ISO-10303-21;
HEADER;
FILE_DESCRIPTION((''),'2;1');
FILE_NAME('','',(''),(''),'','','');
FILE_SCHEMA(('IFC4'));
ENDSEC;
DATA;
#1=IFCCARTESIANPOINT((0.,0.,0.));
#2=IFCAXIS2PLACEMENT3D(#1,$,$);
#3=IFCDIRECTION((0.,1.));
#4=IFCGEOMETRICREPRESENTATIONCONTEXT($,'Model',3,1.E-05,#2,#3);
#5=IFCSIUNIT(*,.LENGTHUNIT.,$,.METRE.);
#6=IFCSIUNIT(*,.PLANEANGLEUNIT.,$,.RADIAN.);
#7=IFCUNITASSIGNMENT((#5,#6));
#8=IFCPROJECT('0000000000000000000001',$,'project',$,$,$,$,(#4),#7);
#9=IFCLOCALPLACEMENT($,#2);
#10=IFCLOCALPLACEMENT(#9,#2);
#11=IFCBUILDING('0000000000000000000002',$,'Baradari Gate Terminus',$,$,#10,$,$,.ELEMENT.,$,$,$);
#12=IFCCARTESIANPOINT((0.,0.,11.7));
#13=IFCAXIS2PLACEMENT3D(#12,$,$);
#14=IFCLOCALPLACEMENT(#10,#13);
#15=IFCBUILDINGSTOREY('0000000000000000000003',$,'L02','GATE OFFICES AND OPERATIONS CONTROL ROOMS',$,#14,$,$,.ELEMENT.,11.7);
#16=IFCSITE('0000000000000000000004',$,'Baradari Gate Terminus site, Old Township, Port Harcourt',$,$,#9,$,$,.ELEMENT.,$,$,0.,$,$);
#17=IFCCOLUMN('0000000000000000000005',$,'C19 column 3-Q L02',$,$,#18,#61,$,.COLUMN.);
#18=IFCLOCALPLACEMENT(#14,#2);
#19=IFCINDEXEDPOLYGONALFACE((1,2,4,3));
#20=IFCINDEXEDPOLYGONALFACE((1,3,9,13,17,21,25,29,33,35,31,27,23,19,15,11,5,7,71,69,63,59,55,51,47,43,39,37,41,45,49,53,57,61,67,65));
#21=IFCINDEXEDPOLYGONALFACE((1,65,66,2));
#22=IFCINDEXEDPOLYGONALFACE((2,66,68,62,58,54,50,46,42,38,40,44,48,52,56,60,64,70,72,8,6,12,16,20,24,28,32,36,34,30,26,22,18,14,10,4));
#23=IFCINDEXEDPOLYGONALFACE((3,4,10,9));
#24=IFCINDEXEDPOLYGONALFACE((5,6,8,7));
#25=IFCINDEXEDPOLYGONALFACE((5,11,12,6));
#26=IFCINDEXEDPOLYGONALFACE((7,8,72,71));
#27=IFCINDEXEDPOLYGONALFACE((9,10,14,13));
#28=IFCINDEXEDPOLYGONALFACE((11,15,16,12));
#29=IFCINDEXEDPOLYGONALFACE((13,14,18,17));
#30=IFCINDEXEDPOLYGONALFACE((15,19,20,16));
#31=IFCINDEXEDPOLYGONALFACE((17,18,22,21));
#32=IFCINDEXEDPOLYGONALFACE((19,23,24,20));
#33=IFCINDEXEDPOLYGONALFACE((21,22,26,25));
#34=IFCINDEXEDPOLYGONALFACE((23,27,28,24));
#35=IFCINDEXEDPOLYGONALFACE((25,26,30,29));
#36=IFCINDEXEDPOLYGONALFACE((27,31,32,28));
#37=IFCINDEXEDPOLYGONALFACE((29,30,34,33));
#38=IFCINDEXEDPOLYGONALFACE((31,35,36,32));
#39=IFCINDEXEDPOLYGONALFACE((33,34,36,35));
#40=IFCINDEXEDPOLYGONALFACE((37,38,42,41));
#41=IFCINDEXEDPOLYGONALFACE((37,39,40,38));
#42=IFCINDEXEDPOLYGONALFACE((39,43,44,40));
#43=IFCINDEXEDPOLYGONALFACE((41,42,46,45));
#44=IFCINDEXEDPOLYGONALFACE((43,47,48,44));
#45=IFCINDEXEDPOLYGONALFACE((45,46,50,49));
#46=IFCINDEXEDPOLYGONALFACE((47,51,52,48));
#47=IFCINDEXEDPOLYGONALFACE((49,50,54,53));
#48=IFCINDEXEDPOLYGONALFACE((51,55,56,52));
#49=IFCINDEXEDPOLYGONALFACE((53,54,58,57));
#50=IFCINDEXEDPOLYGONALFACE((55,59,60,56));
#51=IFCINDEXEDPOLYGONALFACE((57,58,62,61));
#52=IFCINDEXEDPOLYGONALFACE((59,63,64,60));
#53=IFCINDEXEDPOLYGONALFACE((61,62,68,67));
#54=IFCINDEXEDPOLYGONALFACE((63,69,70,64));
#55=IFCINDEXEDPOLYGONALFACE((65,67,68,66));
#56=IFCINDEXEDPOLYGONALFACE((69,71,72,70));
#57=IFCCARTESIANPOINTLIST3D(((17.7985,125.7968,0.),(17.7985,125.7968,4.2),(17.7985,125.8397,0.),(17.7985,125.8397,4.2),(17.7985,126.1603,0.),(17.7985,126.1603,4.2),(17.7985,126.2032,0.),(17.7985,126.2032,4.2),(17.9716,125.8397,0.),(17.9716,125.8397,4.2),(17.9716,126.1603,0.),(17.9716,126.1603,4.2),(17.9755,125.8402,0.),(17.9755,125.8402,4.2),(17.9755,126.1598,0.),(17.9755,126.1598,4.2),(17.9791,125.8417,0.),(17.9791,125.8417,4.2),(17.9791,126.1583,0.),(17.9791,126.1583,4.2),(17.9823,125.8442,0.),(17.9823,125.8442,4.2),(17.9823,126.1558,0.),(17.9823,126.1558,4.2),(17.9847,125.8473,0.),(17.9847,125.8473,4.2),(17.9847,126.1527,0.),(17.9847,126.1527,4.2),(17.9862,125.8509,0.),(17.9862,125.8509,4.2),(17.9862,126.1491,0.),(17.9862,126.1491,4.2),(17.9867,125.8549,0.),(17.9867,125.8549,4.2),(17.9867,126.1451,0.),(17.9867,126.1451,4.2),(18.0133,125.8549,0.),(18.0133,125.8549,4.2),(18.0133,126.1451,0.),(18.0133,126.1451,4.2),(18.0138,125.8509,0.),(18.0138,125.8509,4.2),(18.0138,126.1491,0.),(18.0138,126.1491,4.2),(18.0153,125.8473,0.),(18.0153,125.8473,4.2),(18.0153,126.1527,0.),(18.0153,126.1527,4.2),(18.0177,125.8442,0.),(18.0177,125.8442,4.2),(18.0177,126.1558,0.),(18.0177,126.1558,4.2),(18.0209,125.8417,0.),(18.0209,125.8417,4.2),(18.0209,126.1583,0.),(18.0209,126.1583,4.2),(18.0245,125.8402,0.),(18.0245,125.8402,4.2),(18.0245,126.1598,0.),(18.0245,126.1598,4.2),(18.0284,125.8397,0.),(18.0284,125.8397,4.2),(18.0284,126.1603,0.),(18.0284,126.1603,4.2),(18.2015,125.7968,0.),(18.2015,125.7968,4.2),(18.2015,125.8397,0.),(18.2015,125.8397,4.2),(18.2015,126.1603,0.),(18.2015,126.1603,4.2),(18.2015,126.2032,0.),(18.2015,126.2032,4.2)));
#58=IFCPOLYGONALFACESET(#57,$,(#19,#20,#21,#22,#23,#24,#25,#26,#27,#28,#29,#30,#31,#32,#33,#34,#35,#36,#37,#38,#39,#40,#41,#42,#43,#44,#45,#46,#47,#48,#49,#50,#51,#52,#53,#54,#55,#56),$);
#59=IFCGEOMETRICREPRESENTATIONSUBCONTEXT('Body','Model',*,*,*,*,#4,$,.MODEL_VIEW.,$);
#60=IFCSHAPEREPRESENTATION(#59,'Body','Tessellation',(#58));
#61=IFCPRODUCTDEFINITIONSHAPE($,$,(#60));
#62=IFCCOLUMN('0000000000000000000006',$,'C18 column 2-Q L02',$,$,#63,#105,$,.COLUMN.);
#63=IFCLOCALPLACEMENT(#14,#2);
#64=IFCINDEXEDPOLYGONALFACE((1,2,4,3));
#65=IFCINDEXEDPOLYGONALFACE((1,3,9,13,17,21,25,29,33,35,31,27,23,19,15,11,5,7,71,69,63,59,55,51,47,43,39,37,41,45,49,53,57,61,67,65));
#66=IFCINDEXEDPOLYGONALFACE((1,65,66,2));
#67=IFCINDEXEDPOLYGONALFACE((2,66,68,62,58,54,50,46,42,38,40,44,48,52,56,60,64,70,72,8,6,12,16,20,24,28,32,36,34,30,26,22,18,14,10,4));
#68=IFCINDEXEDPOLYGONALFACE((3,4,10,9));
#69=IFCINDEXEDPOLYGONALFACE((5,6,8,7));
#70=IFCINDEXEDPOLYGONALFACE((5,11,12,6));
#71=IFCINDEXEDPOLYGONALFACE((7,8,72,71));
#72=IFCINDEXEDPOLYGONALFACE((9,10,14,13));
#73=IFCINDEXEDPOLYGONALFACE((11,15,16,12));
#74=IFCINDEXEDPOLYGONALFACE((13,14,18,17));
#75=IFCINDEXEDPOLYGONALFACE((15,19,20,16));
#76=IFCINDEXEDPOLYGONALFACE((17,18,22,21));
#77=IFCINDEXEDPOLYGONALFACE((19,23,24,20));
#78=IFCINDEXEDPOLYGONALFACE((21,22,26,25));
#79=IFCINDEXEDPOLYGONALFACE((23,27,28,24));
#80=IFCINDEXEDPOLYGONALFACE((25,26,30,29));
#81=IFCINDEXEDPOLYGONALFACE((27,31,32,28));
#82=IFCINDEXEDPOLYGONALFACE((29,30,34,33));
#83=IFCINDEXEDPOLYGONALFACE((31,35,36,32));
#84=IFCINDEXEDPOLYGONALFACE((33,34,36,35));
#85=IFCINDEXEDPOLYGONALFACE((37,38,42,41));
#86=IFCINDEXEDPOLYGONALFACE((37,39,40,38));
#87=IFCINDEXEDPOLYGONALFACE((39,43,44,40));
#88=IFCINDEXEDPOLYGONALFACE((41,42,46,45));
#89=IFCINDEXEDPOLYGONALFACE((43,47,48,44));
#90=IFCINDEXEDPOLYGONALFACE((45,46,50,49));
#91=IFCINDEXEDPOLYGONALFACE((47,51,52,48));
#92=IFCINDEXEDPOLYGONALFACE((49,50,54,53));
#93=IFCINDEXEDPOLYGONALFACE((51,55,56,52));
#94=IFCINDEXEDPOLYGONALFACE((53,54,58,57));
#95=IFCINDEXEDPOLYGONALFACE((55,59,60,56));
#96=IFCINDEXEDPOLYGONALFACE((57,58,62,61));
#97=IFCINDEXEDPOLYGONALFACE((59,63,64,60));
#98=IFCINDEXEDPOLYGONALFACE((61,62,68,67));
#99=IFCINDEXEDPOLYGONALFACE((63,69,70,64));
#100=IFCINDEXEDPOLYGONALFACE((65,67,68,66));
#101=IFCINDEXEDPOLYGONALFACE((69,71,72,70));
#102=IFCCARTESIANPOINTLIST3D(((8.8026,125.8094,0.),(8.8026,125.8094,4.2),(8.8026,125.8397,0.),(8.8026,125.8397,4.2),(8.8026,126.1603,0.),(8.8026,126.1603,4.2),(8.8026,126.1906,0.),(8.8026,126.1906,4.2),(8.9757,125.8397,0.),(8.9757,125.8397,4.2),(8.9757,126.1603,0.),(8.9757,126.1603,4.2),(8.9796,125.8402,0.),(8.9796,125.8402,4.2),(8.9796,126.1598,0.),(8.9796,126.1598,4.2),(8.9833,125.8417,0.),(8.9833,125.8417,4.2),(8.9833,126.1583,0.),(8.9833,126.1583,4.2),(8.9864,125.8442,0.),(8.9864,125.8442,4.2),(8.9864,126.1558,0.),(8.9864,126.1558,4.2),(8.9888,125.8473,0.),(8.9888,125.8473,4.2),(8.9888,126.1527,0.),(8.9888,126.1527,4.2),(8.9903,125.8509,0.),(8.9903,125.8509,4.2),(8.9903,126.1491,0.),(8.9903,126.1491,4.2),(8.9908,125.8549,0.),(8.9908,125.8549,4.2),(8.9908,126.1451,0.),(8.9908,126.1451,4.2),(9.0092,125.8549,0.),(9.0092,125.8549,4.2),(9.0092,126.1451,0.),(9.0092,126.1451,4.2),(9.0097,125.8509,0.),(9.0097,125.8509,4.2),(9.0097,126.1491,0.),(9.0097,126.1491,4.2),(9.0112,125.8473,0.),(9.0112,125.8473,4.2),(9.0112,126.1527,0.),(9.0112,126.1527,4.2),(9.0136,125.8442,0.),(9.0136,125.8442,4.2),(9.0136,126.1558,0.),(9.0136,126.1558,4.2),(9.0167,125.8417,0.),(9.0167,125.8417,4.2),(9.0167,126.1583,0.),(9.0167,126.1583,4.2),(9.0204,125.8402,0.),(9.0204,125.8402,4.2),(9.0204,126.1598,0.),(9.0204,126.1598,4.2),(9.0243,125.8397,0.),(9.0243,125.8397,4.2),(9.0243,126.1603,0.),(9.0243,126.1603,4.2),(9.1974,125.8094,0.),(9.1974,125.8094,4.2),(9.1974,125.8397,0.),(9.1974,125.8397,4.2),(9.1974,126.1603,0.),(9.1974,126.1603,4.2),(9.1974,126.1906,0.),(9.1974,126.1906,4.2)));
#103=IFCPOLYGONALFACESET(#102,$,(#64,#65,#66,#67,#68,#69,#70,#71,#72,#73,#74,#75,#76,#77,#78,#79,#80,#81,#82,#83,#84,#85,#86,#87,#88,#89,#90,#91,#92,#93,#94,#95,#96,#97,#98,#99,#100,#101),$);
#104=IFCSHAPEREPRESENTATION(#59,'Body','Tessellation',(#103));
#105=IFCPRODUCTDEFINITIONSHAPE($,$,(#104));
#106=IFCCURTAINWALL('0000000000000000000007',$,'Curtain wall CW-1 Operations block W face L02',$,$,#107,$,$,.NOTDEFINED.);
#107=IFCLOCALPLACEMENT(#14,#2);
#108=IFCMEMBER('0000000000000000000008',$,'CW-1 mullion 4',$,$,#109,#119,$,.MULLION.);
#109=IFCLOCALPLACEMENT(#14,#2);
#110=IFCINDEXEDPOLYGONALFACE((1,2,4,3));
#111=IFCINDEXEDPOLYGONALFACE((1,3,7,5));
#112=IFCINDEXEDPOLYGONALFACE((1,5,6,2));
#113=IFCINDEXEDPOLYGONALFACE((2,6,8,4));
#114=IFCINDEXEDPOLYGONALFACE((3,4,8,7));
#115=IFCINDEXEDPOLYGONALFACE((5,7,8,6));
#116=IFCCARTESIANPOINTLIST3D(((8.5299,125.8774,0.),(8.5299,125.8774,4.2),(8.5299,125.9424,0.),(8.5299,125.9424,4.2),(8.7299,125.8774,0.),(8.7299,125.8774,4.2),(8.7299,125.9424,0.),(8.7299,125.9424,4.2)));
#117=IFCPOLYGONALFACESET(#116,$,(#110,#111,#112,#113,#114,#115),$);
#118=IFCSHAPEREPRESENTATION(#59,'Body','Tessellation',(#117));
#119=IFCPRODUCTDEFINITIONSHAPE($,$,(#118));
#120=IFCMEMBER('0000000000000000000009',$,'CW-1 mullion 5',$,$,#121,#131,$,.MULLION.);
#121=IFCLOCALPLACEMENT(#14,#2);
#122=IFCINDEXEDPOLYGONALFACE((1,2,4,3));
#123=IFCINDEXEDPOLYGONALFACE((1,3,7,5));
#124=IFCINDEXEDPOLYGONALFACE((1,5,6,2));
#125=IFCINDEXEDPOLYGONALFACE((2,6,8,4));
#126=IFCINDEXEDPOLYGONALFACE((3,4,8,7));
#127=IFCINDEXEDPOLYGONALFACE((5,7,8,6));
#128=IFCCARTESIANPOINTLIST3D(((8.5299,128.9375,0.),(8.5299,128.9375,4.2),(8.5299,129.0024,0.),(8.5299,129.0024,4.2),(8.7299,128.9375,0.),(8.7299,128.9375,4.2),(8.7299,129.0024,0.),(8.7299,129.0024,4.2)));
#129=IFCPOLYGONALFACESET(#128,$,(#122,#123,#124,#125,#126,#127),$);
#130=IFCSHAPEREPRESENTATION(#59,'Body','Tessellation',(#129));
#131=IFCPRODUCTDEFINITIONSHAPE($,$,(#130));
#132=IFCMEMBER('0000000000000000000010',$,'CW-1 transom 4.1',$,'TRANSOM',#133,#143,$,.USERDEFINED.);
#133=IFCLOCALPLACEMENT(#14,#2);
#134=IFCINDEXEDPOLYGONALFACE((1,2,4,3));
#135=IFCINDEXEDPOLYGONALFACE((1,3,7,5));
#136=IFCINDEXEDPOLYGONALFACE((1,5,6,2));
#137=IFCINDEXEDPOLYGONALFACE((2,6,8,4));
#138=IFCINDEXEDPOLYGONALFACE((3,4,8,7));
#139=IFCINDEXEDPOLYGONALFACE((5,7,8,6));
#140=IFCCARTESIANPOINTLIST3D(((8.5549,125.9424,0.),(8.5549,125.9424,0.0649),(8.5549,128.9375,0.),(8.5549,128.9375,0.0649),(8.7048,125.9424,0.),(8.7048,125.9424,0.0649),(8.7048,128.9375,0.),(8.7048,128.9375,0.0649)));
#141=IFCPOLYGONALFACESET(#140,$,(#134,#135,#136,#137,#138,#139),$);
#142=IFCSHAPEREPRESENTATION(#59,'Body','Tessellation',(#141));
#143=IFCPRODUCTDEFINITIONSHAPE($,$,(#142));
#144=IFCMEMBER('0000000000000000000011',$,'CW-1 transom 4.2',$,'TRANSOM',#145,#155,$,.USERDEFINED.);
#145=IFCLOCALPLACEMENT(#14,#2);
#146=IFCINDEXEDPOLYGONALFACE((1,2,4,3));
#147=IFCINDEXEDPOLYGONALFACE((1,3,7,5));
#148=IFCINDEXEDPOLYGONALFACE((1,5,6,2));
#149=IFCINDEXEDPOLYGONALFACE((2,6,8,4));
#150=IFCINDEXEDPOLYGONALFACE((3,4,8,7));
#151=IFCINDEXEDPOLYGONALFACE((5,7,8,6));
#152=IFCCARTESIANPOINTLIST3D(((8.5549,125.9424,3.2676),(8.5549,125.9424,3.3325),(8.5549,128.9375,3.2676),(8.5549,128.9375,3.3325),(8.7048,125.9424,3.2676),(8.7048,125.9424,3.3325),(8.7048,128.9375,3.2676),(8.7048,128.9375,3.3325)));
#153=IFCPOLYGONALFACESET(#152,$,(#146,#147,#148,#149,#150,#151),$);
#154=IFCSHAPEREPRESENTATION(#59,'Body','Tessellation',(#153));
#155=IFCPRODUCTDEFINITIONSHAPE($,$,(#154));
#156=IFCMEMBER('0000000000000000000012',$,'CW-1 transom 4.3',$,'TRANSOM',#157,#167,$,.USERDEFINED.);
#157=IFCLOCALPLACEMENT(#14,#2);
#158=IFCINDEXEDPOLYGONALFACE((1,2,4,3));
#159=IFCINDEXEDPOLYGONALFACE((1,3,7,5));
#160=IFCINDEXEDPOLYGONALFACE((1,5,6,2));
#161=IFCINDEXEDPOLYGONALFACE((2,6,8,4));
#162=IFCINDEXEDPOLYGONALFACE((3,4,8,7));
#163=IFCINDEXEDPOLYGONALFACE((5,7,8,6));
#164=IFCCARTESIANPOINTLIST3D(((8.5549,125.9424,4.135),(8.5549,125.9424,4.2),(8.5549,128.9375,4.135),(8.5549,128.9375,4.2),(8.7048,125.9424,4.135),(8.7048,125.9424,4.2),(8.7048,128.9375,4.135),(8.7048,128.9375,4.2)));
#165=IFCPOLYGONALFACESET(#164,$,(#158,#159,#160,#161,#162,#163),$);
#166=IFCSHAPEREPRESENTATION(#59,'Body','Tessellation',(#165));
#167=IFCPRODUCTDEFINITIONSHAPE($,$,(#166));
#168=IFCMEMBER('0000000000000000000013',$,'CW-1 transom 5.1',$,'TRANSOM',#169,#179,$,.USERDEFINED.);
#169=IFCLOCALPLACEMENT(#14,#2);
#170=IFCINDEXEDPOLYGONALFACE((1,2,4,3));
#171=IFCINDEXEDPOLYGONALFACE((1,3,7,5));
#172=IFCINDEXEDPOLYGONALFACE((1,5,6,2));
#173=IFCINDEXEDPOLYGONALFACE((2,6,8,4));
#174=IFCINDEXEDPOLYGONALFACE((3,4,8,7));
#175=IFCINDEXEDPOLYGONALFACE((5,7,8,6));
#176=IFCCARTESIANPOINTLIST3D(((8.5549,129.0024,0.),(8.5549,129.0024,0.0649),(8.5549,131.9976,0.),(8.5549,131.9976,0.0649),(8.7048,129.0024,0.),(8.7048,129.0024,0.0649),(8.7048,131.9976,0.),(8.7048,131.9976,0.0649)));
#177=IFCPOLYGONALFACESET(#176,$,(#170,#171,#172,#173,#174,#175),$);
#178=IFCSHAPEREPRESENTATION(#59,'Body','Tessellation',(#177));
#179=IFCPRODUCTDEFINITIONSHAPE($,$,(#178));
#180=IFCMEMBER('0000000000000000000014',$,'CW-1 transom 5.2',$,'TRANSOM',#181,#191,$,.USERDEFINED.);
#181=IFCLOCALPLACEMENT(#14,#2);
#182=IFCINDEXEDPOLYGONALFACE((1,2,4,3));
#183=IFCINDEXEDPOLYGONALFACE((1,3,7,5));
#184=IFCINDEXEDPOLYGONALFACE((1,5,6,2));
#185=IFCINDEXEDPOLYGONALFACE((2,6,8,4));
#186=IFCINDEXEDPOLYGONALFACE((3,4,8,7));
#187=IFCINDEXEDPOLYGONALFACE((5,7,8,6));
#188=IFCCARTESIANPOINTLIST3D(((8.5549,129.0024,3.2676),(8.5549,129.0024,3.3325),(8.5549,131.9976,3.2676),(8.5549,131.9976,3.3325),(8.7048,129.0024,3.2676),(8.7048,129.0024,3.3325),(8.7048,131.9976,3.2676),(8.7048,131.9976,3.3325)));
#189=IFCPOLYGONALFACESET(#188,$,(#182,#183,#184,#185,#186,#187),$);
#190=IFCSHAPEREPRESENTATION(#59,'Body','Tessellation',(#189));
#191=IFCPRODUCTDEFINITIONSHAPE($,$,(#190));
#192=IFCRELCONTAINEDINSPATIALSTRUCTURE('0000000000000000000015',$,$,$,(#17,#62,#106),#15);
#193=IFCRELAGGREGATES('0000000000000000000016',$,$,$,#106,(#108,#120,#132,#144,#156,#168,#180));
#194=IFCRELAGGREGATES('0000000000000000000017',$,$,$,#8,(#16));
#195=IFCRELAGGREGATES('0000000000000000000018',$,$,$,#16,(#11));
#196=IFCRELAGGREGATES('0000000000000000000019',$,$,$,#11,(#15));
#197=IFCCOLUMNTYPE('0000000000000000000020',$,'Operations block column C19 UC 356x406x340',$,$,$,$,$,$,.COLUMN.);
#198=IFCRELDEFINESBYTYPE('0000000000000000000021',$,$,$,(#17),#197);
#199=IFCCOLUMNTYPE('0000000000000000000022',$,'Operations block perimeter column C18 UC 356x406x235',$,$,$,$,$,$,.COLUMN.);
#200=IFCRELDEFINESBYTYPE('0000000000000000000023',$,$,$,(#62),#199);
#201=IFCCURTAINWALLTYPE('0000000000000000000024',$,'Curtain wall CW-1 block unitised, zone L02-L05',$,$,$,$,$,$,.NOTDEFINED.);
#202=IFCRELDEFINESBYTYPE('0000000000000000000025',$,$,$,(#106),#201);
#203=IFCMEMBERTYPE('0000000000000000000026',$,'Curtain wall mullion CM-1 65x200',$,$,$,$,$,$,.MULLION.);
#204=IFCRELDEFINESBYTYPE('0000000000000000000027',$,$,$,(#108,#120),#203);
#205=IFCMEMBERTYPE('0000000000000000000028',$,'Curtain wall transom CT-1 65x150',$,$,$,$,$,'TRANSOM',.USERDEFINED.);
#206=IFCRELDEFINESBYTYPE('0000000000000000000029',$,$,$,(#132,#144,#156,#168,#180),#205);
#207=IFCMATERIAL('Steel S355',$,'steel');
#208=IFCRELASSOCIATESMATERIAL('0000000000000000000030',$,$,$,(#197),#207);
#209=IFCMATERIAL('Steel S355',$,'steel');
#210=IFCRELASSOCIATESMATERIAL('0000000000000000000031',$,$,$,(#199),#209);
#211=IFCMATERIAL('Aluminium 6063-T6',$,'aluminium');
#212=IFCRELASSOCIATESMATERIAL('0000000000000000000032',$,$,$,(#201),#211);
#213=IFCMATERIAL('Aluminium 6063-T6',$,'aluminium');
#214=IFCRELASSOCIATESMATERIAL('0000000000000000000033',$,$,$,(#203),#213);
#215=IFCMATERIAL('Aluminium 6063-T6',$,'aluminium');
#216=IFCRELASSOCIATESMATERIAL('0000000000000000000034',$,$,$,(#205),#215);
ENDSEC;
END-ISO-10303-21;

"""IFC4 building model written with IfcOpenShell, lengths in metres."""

from ifc_helpers import new_model, si_unit, direction, frame, origin, origin_2d, place, context, subcontext, project, spatial, rectangle, i_section, extrude, material, material_profile, profile_set, type_object, element, aggregate, save


model = new_model("IFC4")

# Units and contexts
model_context = context("Model", 3, precision=1e-05, world=origin(), true_north=direction((0.0, 1.0)))
body_context = subcontext(model_context, "Body", "Model", "MODEL_VIEW")
ifc_project = project(units=[si_unit("LENGTHUNIT", "METRE"), si_unit("PLANEANGLEUNIT", "RADIAN")], contexts=[model_context])

# Site, building, storey
site_placement = place(None, origin())
site = spatial("IfcSite", under=ifc_project, at=site_placement, Name="Baradari Gate Terminus site, Old Township, Port Harcourt", CompositionType="ELEMENT", RefElevation=0.0)
building_placement = place(site_placement, origin())
building = spatial("IfcBuilding", under=site, at=building_placement, Name="Baradari Gate Terminus", CompositionType="ELEMENT")
storey_placement = place(building_placement, frame((0.0, 0.0, 11.7)))
storey = spatial("IfcBuildingStorey", under=building, at=storey_placement, Name="L02", Description="GATE OFFICES AND OPERATIONS CONTROL ROOMS", CompositionType="ELEMENT", Elevation=11.7)

# Columns
ifc_material_1 = material(Name="Steel S355", Category="steel")
ifc_material_profile_1 = material_profile(ifc_material_1, i_section(OverallWidth=0.4031, OverallDepth=0.4065, WebThickness=0.0266, FlangeThickness=0.043, FilletRadius=0.0151, at=origin_2d()), Name="UC 356x406x340")
ifc_profile_set_1 = profile_set([ifc_material_profile_1], Name="Steel S355")
column_type_1 = type_object("IfcColumnType", Name="Operations block column C19 UC 356x406x340", PredefinedType="COLUMN", material=ifc_profile_set_1)
column_1_placement = place(storey_placement, frame((18.0, 126.0, 0.0), z_axis=(0.0, 0.0, 1.0), x_axis=(1.0, 0.0, 0.0)))
element("IfcColumn", 1, at=column_1_placement, inside=storey, type_object=column_type_1, Name="C19 column 3-Q L02", PredefinedType="COLUMN", context=body_context, shape_type="SweptSolid", body=[
    extrude(i_section(OverallWidth=0.4031, OverallDepth=0.4065, WebThickness=0.0266, FlangeThickness=0.043, FilletRadius=0.0151, at=origin_2d()), origin(), (0.0, 0.0, 1.0), 4.2),
])
ifc_material_2 = material(Name="Steel S355", Category="steel")
ifc_material_profile_2 = material_profile(ifc_material_2, i_section(OverallWidth=0.3948, OverallDepth=0.3811, WebThickness=0.0183, FlangeThickness=0.0303, FilletRadius=0.0151, at=origin_2d()), Name="UC 356x406x235")
ifc_profile_set_2 = profile_set([ifc_material_profile_2], Name="Steel S355")
column_type_2 = type_object("IfcColumnType", Name="Operations block perimeter column C18 UC 356x406x235", PredefinedType="COLUMN", material=ifc_profile_set_2)
column_2_placement = place(storey_placement, frame((9.0, 126.0, 0.0), z_axis=(0.0, 0.0, 1.0), x_axis=(1.0, 0.0, 0.0)))
element("IfcColumn", 2, at=column_2_placement, inside=storey, type_object=column_type_2, Name="C18 column 2-Q L02", PredefinedType="COLUMN", context=body_context, shape_type="SweptSolid", body=[
    extrude(i_section(OverallWidth=0.3948, OverallDepth=0.3811, WebThickness=0.0183, FlangeThickness=0.0303, FilletRadius=0.0151, at=origin_2d()), origin(), (0.0, 0.0, 1.0), 4.2),
])

# Curtain wall, members
ifc_material_3 = material(Name="Aluminium 6063-T6", Category="aluminium")
curtain_wall_type = type_object("IfcCurtainWallType", Name="Curtain wall CW-1 block unitised, zone L02-L05", PredefinedType="NOTDEFINED", material=ifc_material_3)
curtain_wall_placement = place(storey_placement, origin())
curtain_wall = element("IfcCurtainWall", 3, at=curtain_wall_placement, inside=storey, type_object=curtain_wall_type, Name="Curtain wall CW-1 Operations block W face L02", PredefinedType="NOTDEFINED")
ifc_material_4 = material(Name="Aluminium 6063-T6", Category="aluminium")
ifc_material_profile_3 = material_profile(ifc_material_4, rectangle(XDim=0.2, YDim=0.0649, at=origin_2d()), Name="CM-1 65X200")
ifc_profile_set_3 = profile_set([ifc_material_profile_3], Name="Aluminium 6063-T6")
member_type_1 = type_object("IfcMemberType", Name="Curtain wall mullion CM-1 65x200", PredefinedType="MULLION", material=ifc_profile_set_3)
member_1_placement = place(storey_placement, frame((8.6299, 125.9099, 0.0), z_axis=(0.0, 0.0, 1.0), x_axis=(-1.0, 0.0, 0.0)))
member_1 = element("IfcMember", 4, at=member_1_placement, type_object=member_type_1, Name="CW-1 mullion 4", PredefinedType="MULLION", context=body_context, shape_type="SweptSolid", body=[
    extrude(rectangle(XDim=0.2, YDim=0.0649, at=origin_2d()), origin(), (0.0, 0.0, 1.0), 4.2),
])
member_2_placement = place(storey_placement, frame((8.6299, 128.97, 0.0), z_axis=(0.0, 0.0, 1.0), x_axis=(-1.0, 0.0, 0.0)))
member_2 = element("IfcMember", 5, at=member_2_placement, type_object=member_type_1, Name="CW-1 mullion 5", PredefinedType="MULLION", context=body_context, shape_type="SweptSolid", body=[
    extrude(rectangle(XDim=0.2, YDim=0.0649, at=origin_2d()), origin(), (0.0, 0.0, 1.0), 4.2),
])
ifc_material_5 = material(Name="Aluminium 6063-T6", Category="aluminium")
ifc_material_profile_4 = material_profile(ifc_material_5, rectangle(XDim=0.1499, YDim=0.0649, at=origin_2d()), Name="CT-1 65X150")
ifc_profile_set_4 = profile_set([ifc_material_profile_4], Name="Aluminium 6063-T6")
member_type_2 = type_object("IfcMemberType", Name="Curtain wall transom CT-1 65x150", ElementType="TRANSOM", PredefinedType="USERDEFINED", material=ifc_profile_set_4)
member_3_placement = place(storey_placement, frame((8.6299, 125.9424, 0.0325), z_axis=(0.0, 1.0, 0.0), x_axis=(-1.0, 0.0, 0.0)))
member_3 = element("IfcMember", 6, at=member_3_placement, type_object=member_type_2, Name="CW-1 transom 4.1", ObjectType="TRANSOM", PredefinedType="USERDEFINED", context=body_context, shape_type="SweptSolid", body=[
    extrude(rectangle(XDim=0.1499, YDim=0.0649, at=origin_2d()), origin(), (0.0, 0.0, 1.0), 2.9951),
])
member_4_placement = place(storey_placement, frame((8.6299, 125.9424, 3.3), z_axis=(0.0, 1.0, 0.0), x_axis=(-1.0, 0.0, 0.0)))
member_4 = element("IfcMember", 7, at=member_4_placement, type_object=member_type_2, Name="CW-1 transom 4.2", ObjectType="TRANSOM", PredefinedType="USERDEFINED", context=body_context, shape_type="SweptSolid", body=[
    extrude(rectangle(XDim=0.1499, YDim=0.0649, at=origin_2d()), origin(), (0.0, 0.0, 1.0), 2.9951),
])
member_5_placement = place(storey_placement, frame((8.6299, 125.9424, 4.1675), z_axis=(0.0, 1.0, 0.0), x_axis=(-1.0, 0.0, 0.0)))
member_5 = element("IfcMember", 8, at=member_5_placement, type_object=member_type_2, Name="CW-1 transom 4.3", ObjectType="TRANSOM", PredefinedType="USERDEFINED", context=body_context, shape_type="SweptSolid", body=[
    extrude(rectangle(XDim=0.1499, YDim=0.0649, at=origin_2d()), origin(), (0.0, 0.0, 1.0), 2.9951),
])
member_6_placement = place(storey_placement, frame((8.6299, 129.0024, 0.0325), z_axis=(0.0, 1.0, 0.0), x_axis=(-1.0, 0.0, 0.0)))
member_6 = element("IfcMember", 9, at=member_6_placement, type_object=member_type_2, Name="CW-1 transom 5.1", ObjectType="TRANSOM", PredefinedType="USERDEFINED", context=body_context, shape_type="SweptSolid", body=[
    extrude(rectangle(XDim=0.1499, YDim=0.0649, at=origin_2d()), origin(), (0.0, 0.0, 1.0), 2.9951),
])
member_7_placement = place(storey_placement, frame((8.6299, 129.0024, 3.3), z_axis=(0.0, 1.0, 0.0), x_axis=(-1.0, 0.0, 0.0)))
member_7 = element("IfcMember", 10, at=member_7_placement, type_object=member_type_2, Name="CW-1 transom 5.2", ObjectType="TRANSOM", PredefinedType="USERDEFINED", context=body_context, shape_type="SweptSolid", body=[
    extrude(rectangle(XDim=0.1499, YDim=0.0649, at=origin_2d()), origin(), (0.0, 0.0, 1.0), 2.9951),
])

aggregate(curtain_wall, [member_1, member_2, member_3, member_4, member_5, member_6, member_7])

save(model, "model.ifc")
